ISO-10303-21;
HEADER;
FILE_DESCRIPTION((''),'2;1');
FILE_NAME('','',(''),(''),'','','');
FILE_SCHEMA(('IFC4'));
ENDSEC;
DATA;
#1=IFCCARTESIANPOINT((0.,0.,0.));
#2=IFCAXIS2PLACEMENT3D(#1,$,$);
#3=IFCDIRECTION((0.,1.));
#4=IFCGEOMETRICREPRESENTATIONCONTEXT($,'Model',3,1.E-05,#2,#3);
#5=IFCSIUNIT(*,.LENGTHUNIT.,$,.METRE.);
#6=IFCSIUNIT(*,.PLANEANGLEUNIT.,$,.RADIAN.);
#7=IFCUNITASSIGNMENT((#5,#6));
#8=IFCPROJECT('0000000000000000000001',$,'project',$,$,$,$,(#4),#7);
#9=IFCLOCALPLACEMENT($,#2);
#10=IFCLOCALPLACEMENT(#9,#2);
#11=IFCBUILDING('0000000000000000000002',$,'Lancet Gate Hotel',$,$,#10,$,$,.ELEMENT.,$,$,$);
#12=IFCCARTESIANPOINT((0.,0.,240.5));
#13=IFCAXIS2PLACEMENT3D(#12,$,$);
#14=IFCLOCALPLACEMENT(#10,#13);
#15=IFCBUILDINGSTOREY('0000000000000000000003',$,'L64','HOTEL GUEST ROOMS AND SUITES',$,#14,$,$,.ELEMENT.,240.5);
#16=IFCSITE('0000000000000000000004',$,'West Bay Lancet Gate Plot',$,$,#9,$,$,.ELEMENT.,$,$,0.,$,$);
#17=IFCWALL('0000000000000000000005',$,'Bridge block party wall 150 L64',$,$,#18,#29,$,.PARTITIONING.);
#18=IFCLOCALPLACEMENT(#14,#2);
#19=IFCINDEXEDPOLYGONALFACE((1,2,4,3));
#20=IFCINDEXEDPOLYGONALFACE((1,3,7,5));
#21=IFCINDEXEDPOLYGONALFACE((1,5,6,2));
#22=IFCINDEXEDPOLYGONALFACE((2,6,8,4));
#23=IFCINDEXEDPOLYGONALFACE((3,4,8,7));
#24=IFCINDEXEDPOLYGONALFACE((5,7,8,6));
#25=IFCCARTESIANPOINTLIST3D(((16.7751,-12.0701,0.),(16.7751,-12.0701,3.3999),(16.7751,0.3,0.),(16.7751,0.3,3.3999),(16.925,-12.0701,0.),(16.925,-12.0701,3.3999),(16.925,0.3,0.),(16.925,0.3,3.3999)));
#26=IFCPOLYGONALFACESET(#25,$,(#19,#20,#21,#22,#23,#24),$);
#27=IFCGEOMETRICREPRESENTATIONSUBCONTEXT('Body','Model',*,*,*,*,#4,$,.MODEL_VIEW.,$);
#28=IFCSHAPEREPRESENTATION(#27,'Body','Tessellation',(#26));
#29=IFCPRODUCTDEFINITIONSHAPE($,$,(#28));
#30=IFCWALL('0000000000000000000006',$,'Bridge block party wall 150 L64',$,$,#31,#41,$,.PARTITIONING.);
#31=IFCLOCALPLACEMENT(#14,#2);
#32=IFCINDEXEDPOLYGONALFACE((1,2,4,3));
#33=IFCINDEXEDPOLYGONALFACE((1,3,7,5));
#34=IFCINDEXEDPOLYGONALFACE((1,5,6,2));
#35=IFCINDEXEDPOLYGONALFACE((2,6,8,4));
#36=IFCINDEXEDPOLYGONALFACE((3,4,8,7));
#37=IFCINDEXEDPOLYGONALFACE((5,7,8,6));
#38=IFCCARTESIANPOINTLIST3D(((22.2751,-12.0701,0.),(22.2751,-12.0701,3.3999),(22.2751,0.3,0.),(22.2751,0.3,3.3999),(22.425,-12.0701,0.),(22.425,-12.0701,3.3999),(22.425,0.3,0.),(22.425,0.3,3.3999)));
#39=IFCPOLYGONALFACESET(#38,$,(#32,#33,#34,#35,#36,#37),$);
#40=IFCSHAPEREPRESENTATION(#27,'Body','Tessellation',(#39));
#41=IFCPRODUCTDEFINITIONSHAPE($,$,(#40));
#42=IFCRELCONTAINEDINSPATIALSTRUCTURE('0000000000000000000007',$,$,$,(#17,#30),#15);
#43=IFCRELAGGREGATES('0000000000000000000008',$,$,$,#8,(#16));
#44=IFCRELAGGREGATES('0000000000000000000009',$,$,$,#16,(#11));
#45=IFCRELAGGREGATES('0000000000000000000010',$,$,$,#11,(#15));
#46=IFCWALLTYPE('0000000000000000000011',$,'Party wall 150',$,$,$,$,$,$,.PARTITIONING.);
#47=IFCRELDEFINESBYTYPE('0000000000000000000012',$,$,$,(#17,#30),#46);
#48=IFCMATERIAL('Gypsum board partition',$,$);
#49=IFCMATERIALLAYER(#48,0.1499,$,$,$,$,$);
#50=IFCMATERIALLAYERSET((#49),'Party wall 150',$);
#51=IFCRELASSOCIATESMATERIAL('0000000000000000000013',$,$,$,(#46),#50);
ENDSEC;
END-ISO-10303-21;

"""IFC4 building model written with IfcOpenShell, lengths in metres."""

from ifc_helpers import new_model, si_unit, direction, frame, frame_2d, origin, place, context, subcontext, project, spatial, rectangle, extrude, material, layer, layer_set, type_object, element, save


model = new_model("IFC4")

# Units and contexts
model_context = context("Model", 3, precision=1e-05, world=origin(), true_north=direction((0.0, 1.0)))
body_context = subcontext(model_context, "Body", "Model", "MODEL_VIEW")
ifc_project = project(units=[si_unit("LENGTHUNIT", "METRE"), si_unit("PLANEANGLEUNIT", "RADIAN")], contexts=[model_context])

# Site, building, storey
site_placement = place(None, origin())
site = spatial("IfcSite", under=ifc_project, at=site_placement, Name="West Bay Lancet Gate Plot", CompositionType="ELEMENT", RefElevation=0.0)
building_placement = place(site_placement, origin())
building = spatial("IfcBuilding", under=site, at=building_placement, Name="Lancet Gate Hotel", CompositionType="ELEMENT")
storey_placement = place(building_placement, frame((0.0, 0.0, 240.5)))
storey = spatial("IfcBuildingStorey", under=building, at=storey_placement, Name="L64", Description="HOTEL GUEST ROOMS AND SUITES", CompositionType="ELEMENT", Elevation=240.5)

# Walls
ifc_material_1 = material(Name="Gypsum board partition")
ifc_layer_1 = layer(ifc_material_1, 0.1499)
ifc_layer_set_1 = layer_set([ifc_layer_1], Name="Party wall 150")
wall_type_1 = type_object("IfcWallType", Name="Party wall 150", PredefinedType="PARTITIONING", material=ifc_layer_set_1)
for number, where, z_axis, x_axis, name in (
    (1, (16.8501, -12.0701, 0.0), (0.0, 0.0, 1.0), (0.0, 1.0, 0.0), "Bridge block party wall 150 L64"),
    (2, (22.3501, -12.0701, 0.0), (0.0, 0.0, 1.0), (0.0, 1.0, 0.0), "Bridge block party wall 150 L64"),
):
    element("IfcWall", number, at=place(storey_placement, frame(where, z_axis=z_axis, x_axis=x_axis)), inside=storey, type_object=wall_type_1, Name=name, PredefinedType="PARTITIONING", context=body_context, shape_type="SweptSolid", body=[
        extrude(rectangle(XDim=12.3701, YDim=0.1499, at=frame_2d((6.1851, 0.0))), origin(), (0.0, 0.0, 1.0), 3.3999),
    ])

save(model, "model.ifc")
